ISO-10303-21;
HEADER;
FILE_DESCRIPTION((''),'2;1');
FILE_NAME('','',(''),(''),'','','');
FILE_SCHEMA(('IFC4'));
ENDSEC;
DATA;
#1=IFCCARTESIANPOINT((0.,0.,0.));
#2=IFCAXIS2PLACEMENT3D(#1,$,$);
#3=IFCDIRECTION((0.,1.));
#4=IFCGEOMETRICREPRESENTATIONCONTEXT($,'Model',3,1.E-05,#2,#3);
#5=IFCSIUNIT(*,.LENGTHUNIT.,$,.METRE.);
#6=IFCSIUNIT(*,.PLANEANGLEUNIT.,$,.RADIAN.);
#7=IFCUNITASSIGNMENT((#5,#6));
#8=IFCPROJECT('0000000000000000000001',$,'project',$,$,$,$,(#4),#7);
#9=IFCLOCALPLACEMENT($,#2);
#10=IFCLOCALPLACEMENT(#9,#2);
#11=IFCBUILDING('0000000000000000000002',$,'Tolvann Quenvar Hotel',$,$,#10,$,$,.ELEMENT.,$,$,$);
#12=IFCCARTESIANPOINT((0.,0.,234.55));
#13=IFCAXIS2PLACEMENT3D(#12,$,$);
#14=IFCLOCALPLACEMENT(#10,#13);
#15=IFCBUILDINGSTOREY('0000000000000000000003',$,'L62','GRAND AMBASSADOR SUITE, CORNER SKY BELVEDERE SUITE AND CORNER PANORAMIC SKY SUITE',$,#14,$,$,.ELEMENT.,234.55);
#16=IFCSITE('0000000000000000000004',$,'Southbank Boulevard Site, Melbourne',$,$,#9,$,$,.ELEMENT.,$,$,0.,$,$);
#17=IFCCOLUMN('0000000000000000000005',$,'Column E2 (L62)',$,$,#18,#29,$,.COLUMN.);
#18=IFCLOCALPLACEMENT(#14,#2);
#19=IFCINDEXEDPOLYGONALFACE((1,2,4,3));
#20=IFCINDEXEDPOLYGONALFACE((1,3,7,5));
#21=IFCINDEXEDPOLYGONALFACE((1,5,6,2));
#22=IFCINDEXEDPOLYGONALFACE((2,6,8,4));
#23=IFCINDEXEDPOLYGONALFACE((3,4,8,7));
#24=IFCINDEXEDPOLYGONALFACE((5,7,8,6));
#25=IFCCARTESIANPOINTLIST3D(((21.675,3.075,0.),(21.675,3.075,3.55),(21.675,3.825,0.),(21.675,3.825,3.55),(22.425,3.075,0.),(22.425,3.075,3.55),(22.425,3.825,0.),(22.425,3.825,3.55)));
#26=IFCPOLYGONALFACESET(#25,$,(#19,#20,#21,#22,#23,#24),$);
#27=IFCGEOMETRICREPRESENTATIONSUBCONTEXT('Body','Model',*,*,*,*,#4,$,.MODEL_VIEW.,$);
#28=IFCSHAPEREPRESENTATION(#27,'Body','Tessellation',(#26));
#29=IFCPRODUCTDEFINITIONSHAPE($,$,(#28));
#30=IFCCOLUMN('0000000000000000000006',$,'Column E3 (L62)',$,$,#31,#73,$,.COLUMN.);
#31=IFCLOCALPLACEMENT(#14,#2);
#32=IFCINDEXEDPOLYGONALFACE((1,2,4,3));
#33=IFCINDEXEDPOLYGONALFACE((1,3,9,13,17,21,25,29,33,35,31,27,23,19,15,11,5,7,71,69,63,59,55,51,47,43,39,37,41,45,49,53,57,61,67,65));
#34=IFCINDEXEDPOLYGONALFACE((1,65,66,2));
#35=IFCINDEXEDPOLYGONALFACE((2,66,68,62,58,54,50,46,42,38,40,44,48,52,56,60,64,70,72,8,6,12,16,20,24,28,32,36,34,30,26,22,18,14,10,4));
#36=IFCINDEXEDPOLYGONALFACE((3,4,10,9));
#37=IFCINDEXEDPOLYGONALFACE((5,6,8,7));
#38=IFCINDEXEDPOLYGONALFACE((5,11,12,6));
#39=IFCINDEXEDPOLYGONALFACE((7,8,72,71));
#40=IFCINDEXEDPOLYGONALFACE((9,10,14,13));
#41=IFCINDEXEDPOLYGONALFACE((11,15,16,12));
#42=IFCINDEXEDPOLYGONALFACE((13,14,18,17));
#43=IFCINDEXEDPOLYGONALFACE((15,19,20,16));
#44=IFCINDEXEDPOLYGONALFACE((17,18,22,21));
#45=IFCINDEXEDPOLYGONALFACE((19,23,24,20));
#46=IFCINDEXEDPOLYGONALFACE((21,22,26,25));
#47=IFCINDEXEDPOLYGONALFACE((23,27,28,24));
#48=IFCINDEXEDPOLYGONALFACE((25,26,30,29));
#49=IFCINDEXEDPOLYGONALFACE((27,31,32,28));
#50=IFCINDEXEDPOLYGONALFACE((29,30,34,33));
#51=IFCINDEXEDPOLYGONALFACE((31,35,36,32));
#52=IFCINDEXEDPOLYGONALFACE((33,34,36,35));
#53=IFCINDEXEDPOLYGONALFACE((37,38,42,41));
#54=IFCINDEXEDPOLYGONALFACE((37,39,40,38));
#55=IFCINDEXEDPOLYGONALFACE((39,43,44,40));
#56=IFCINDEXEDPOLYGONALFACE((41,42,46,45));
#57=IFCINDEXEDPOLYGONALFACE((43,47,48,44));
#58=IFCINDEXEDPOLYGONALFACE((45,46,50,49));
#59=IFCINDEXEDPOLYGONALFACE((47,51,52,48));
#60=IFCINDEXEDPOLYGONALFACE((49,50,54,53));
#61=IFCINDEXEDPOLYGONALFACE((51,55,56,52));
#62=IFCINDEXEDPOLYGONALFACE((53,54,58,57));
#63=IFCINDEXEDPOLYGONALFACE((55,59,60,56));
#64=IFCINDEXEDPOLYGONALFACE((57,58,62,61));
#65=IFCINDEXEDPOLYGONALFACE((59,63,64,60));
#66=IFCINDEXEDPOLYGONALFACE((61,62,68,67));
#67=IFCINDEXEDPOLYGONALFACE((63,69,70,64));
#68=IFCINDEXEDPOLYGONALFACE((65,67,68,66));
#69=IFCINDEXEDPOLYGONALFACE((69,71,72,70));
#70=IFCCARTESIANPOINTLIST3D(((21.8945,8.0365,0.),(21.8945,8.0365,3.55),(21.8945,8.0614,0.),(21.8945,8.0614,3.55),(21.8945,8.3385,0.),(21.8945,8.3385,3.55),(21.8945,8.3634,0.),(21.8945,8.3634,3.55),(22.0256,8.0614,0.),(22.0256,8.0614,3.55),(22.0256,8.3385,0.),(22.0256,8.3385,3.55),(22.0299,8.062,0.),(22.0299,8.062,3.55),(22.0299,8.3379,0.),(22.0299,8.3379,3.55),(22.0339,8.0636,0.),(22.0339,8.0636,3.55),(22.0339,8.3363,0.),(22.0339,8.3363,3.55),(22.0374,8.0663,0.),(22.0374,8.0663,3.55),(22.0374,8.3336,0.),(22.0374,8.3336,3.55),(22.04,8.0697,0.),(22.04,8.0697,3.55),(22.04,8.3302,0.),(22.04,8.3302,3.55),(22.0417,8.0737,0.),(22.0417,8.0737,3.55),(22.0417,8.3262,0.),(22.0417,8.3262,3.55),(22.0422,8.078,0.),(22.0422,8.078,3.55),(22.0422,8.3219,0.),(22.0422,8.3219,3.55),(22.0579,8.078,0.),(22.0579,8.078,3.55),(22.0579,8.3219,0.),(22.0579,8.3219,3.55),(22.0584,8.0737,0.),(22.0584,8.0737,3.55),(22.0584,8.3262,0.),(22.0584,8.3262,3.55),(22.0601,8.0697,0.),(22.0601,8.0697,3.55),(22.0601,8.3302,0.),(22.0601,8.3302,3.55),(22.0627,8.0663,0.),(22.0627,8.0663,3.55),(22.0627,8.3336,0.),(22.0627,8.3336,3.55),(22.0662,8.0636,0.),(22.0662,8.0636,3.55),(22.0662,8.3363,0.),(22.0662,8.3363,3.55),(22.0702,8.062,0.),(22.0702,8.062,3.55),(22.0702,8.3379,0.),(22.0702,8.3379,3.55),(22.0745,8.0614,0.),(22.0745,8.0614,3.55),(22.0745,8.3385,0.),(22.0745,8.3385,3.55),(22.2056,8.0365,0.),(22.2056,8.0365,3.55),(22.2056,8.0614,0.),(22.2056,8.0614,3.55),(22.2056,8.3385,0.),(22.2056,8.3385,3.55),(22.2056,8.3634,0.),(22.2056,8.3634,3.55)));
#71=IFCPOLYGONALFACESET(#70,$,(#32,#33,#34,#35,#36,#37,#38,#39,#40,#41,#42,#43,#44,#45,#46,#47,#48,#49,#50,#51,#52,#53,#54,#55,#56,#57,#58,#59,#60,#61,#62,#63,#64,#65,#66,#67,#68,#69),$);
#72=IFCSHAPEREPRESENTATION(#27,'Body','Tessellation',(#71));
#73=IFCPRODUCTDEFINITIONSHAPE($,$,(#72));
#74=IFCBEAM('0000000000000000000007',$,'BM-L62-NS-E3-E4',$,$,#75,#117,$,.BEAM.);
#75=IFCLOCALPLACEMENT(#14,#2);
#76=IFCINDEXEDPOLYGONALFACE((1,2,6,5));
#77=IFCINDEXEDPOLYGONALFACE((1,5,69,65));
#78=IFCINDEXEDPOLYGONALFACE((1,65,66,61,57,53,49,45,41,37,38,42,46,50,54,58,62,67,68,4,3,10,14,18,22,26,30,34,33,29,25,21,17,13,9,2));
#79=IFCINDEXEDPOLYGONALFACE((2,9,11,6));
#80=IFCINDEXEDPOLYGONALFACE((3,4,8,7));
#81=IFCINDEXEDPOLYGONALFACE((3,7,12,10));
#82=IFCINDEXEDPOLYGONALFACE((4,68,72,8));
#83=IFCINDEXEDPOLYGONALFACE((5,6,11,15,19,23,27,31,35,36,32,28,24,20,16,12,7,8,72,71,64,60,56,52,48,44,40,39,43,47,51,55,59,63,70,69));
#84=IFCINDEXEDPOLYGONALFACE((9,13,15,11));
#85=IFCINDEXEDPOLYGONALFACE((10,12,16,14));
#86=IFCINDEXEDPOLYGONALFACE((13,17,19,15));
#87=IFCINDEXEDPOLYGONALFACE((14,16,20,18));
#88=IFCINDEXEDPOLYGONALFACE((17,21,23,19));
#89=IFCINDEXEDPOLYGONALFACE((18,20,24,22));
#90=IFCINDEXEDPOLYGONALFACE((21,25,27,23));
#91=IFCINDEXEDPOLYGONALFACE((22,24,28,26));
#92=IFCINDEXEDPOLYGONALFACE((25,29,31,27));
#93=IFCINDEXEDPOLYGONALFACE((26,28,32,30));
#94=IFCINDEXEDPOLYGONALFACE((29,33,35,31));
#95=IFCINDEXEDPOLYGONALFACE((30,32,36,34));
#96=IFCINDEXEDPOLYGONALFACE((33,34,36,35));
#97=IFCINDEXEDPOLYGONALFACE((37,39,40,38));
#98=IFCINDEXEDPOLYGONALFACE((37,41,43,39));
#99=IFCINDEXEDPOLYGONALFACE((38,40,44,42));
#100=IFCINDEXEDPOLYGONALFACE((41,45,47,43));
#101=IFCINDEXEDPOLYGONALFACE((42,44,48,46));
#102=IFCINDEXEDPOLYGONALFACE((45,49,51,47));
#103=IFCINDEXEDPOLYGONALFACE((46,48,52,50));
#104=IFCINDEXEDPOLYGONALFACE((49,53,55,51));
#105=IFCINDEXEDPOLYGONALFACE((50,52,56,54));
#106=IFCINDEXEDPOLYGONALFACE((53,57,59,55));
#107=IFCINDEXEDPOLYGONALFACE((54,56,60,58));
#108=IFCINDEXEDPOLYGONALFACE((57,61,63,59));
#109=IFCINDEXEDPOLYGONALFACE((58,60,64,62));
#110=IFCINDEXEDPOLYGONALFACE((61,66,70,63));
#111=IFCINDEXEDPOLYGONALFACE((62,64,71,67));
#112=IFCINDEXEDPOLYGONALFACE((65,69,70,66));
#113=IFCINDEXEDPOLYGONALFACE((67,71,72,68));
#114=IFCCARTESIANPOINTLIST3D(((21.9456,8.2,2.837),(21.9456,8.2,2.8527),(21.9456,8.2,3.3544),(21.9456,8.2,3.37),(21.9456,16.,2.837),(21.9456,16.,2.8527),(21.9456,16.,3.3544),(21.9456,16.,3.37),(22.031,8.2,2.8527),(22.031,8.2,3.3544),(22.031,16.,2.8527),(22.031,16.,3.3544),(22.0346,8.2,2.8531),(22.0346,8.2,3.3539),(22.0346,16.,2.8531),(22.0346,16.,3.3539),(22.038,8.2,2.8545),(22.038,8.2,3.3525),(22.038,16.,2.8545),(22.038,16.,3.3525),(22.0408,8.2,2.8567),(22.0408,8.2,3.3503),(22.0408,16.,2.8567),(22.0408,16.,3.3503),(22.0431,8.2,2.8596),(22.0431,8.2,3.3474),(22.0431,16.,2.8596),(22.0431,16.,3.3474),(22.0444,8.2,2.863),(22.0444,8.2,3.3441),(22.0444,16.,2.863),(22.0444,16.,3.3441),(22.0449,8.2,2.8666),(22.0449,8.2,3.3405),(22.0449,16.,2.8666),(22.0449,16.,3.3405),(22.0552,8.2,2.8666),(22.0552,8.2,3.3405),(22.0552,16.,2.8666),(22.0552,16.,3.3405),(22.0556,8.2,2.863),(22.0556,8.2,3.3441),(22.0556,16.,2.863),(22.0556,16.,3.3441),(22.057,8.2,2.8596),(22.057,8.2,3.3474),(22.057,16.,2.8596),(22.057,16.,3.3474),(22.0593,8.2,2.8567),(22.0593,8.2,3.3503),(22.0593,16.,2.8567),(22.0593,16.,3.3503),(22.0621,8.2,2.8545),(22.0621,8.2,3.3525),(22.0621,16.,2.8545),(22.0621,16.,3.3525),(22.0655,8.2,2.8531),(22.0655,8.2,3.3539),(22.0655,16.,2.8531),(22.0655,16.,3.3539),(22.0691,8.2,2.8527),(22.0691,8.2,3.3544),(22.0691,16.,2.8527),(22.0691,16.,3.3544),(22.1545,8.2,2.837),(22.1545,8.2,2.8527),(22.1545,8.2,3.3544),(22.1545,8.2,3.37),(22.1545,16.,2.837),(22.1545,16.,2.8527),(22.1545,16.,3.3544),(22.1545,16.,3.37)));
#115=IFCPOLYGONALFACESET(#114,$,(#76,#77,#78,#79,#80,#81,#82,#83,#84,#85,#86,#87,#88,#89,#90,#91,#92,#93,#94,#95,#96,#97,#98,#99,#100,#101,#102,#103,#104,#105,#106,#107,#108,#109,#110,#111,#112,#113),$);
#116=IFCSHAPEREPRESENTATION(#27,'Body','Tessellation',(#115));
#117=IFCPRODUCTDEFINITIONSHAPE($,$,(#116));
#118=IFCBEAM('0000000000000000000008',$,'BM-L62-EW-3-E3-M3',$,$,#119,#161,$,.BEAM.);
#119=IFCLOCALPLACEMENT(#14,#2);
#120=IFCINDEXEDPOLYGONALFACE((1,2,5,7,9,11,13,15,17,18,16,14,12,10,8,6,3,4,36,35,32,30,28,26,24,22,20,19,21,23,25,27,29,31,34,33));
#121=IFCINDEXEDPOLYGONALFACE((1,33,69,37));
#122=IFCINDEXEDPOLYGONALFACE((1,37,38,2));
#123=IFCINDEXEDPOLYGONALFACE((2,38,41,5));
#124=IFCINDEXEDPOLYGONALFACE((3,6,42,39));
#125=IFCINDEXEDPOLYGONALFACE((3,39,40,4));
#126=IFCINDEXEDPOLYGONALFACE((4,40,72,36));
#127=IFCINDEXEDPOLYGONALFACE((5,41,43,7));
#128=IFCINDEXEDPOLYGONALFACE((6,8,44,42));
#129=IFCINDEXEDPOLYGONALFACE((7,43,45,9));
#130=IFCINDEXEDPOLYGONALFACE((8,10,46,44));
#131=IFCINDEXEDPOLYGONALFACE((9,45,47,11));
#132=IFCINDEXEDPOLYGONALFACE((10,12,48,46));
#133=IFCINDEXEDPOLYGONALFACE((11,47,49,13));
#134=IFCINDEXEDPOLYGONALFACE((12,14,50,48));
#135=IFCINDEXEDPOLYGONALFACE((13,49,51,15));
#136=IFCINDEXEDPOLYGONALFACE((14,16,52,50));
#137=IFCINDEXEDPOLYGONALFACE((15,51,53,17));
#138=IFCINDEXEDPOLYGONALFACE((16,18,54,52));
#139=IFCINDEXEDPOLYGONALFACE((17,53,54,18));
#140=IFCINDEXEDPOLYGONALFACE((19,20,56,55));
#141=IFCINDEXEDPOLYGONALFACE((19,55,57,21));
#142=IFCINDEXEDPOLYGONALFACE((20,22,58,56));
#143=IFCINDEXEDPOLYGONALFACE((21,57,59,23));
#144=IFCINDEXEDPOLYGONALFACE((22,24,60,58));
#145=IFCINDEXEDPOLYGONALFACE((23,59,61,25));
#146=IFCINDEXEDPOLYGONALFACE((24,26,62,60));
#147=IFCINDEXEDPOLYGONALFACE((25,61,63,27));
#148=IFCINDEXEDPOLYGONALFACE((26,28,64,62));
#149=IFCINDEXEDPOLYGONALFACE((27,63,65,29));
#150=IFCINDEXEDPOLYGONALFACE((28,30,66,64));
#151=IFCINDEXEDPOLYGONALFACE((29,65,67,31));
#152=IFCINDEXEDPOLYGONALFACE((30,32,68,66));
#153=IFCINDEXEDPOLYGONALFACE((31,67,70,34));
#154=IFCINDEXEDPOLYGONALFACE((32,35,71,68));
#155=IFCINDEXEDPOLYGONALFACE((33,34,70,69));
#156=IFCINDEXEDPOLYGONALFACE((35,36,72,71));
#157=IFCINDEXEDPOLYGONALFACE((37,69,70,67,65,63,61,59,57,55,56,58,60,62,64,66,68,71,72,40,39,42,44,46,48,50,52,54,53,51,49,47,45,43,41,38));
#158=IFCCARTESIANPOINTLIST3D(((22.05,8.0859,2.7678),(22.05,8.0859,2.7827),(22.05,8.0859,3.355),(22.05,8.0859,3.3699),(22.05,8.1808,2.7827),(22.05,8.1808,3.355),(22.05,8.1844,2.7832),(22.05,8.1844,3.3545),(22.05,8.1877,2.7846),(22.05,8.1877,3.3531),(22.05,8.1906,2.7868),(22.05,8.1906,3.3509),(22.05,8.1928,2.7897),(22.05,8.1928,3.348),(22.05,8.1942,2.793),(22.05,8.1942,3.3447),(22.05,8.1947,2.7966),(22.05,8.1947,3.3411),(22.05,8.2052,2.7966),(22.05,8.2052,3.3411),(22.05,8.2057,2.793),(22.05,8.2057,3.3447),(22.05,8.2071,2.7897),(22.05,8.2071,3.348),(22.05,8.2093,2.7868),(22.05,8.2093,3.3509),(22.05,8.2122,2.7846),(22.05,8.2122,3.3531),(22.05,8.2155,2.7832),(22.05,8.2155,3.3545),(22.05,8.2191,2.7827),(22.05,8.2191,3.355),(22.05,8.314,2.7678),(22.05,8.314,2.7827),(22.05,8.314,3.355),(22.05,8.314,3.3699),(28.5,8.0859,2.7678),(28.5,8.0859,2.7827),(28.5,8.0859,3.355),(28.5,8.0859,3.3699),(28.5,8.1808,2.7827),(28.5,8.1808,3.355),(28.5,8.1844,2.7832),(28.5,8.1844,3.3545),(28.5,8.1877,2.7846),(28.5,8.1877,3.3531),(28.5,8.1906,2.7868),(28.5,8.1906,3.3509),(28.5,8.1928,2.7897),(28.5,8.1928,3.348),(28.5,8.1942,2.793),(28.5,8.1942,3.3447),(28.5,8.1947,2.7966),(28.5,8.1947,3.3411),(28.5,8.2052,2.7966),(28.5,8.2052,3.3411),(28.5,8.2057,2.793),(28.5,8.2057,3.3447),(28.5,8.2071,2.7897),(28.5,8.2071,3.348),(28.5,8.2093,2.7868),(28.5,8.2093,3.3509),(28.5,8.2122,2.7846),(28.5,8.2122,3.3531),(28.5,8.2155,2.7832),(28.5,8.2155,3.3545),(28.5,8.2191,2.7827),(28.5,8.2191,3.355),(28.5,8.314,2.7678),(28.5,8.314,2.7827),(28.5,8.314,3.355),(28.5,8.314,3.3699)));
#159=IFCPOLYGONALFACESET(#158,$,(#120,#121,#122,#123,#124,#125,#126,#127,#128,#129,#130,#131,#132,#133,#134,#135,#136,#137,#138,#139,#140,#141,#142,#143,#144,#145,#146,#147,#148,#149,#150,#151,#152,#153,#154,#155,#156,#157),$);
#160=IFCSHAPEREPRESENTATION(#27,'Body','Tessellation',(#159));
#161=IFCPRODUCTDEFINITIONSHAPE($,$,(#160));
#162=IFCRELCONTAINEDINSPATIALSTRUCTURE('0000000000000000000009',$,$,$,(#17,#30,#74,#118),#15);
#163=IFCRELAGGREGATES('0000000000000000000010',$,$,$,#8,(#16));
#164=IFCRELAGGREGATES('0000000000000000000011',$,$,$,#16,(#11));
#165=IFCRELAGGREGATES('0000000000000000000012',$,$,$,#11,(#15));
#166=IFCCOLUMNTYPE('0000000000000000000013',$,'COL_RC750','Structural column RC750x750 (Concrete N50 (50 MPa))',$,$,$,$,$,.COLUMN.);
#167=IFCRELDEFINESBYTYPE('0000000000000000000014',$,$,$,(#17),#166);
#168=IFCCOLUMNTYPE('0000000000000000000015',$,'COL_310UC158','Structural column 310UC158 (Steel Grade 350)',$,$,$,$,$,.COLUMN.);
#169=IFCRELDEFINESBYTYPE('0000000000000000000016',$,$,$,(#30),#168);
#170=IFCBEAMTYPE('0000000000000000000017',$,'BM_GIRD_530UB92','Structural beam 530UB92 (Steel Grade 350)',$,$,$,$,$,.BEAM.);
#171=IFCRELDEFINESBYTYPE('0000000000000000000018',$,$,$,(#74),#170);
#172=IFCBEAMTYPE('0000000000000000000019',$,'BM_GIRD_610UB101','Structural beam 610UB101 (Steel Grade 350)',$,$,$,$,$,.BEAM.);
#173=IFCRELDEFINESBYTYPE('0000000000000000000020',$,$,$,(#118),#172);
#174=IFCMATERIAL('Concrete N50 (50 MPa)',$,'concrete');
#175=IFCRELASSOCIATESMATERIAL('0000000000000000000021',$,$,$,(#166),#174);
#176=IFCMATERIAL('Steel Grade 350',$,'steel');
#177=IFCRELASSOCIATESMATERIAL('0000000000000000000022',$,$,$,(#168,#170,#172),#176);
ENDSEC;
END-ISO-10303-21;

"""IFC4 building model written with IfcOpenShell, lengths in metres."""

from ifc_helpers import new_model, si_unit, direction, frame, origin, origin_2d, place, context, subcontext, project, spatial, rectangle, i_section, extrude, source, transform, mapped, material, material_profile, profile_set, type_object, type_shapes, element, save


model = new_model("IFC4")

# Units and contexts
model_context = context("Model", 3, precision=1e-05, world=origin(), true_north=direction((0.0, 1.0)))
body_context = subcontext(model_context, "Body", "Model", "MODEL_VIEW")
ifc_project = project(units=[si_unit("LENGTHUNIT", "METRE"), si_unit("PLANEANGLEUNIT", "RADIAN")], contexts=[model_context])

# Site, building, storey
site_placement = place(None, origin())
site = spatial("IfcSite", under=ifc_project, at=site_placement, Name="Southbank Boulevard Site, Melbourne", CompositionType="ELEMENT", RefElevation=0.0)
building_placement = place(site_placement, origin())
building = spatial("IfcBuilding", under=site, at=building_placement, Name="Tolvann Quenvar Hotel", CompositionType="ELEMENT")
storey_placement = place(building_placement, frame((0.0, 0.0, 234.55)))
storey = spatial("IfcBuildingStorey", under=building, at=storey_placement, Name="L62", Description="GRAND AMBASSADOR SUITE, CORNER SKY BELVEDERE SUITE AND CORNER PANORAMIC SKY SUITE", CompositionType="ELEMENT", Elevation=234.55)

# Columns
ifc_material_1 = material(Name="Concrete N50 (50 MPa)", Category="concrete")
ifc_material_profile_1 = material_profile(ifc_material_1, rectangle(XDim=0.75, YDim=0.75, at=origin_2d()), Name="RC750x750")
ifc_profile_set_1 = profile_set([ifc_material_profile_1], Name="Concrete N50 (50 MPa)")
column_type_1 = type_object("IfcColumnType", Name="COL_RC750", Description="Structural column RC750x750 (Concrete N50 (50 MPa))", PredefinedType="COLUMN", material=ifc_profile_set_1)
shared_shape_1 = source(origin(), body_context, "Body", "SweptSolid", [
    extrude(rectangle(XDim=0.75, YDim=0.75, at=origin_2d()), origin(), (0.0, 0.0, 1.0), 3.55),
])
type_shapes(column_type_1, [shared_shape_1])
column_1_placement = place(storey_placement, frame((22.05, 3.45, 0.0), z_axis=(0.0, 0.0, 1.0), x_axis=(1.0, 0.0, 0.0)))
element("IfcColumn", 1, at=column_1_placement, inside=storey, type_object=column_type_1, Name="Column E2 (L62)", PredefinedType="COLUMN", context=body_context, shape_type="MappedRepresentation", body=[
    mapped(shared_shape_1, transform((0.0, 0.0, 0.0), x_axis=(1.0, 0.0, 0.0), y_axis=(0.0, 1.0, 0.0), z_axis=(0.0, 0.0, 1.0), scale=1.0)),
])
ifc_material_2 = material(Name="Steel Grade 350", Category="steel")
ifc_material_profile_2 = material_profile(ifc_material_2, i_section(OverallWidth=0.311, OverallDepth=0.3269, WebThickness=0.0156, FlangeThickness=0.0249, FilletRadius=0.0166, at=origin_2d()), Name="310UC158")
ifc_profile_set_2 = profile_set([ifc_material_profile_2], Name="Steel Grade 350")
column_type_2 = type_object("IfcColumnType", Name="COL_310UC158", Description="Structural column 310UC158 (Steel Grade 350)", PredefinedType="COLUMN", material=ifc_profile_set_2)
shared_shape_2 = source(origin(), body_context, "Body", "SweptSolid", [
    extrude(i_section(OverallWidth=0.311, OverallDepth=0.3269, WebThickness=0.0156, FlangeThickness=0.0249, FilletRadius=0.0166, at=origin_2d()), origin(), (0.0, 0.0, 1.0), 3.55),
])
type_shapes(column_type_2, [shared_shape_2])
column_2_placement = place(storey_placement, frame((22.05, 8.2, 0.0), z_axis=(0.0, 0.0, 1.0), x_axis=(1.0, 0.0, 0.0)))
element("IfcColumn", 2, at=column_2_placement, inside=storey, type_object=column_type_2, Name="Column E3 (L62)", PredefinedType="COLUMN", context=body_context, shape_type="MappedRepresentation", body=[
    mapped(shared_shape_2, transform((0.0, 0.0, 0.0), x_axis=(1.0, 0.0, 0.0), y_axis=(0.0, 1.0, 0.0), z_axis=(0.0, 0.0, 1.0), scale=1.0)),
])

# Beams
ifc_material_profile_3 = material_profile(ifc_material_2, i_section(OverallWidth=0.209, OverallDepth=0.533, WebThickness=0.0103, FlangeThickness=0.0156, FilletRadius=0.0139, at=origin_2d()), Name="530UB92")
ifc_profile_set_3 = profile_set([ifc_material_profile_3], Name="Steel Grade 350")
beam_type_1 = type_object("IfcBeamType", Name="BM_GIRD_530UB92", Description="Structural beam 530UB92 (Steel Grade 350)", PredefinedType="BEAM", material=ifc_profile_set_3)
shared_shape_3 = source(origin(), body_context, "Body", "SweptSolid", [
    extrude(i_section(OverallWidth=0.209, OverallDepth=0.533, WebThickness=0.0103, FlangeThickness=0.0156, FilletRadius=0.0139, at=origin_2d()), origin(), (0.0, 0.0, 1.0), 7.8),
])
beam_1_placement = place(storey_placement, frame((22.05, 8.2, 3.1035), z_axis=(0.0, 1.0, 0.0), x_axis=(-1.0, 0.0, 0.0)))
element("IfcBeam", 3, at=beam_1_placement, inside=storey, type_object=beam_type_1, Name="BM-L62-NS-E3-E4", PredefinedType="BEAM", context=body_context, shape_type="MappedRepresentation", body=[
    mapped(shared_shape_3, transform((0.0, 0.0, 0.0), x_axis=(1.0, 0.0, 0.0), y_axis=(0.0, 1.0, 0.0), z_axis=(0.0, 0.0, 1.0), scale=1.0)),
])
ifc_material_profile_4 = material_profile(ifc_material_2, i_section(OverallWidth=0.228, OverallDepth=0.6021, WebThickness=0.0105, FlangeThickness=0.0149, FilletRadius=0.0139, at=origin_2d()), Name="610UB101")
ifc_profile_set_4 = profile_set([ifc_material_profile_4], Name="Steel Grade 350")
beam_type_2 = type_object("IfcBeamType", Name="BM_GIRD_610UB101", Description="Structural beam 610UB101 (Steel Grade 350)", PredefinedType="BEAM", material=ifc_profile_set_4)
shared_shape_4 = source(origin(), body_context, "Body", "SweptSolid", [
    extrude(i_section(OverallWidth=0.228, OverallDepth=0.6021, WebThickness=0.0105, FlangeThickness=0.0149, FilletRadius=0.0139, at=origin_2d()), origin(), (0.0, 0.0, 1.0), 6.45),
])
type_shapes(beam_type_2, [shared_shape_4])
beam_2_placement = place(storey_placement, frame((22.05, 8.2, 3.0688), z_axis=(1.0, 0.0, 0.0), x_axis=(0.0, 1.0, 0.0)))
element("IfcBeam", 4, at=beam_2_placement, inside=storey, type_object=beam_type_2, Name="BM-L62-EW-3-E3-M3", PredefinedType="BEAM", context=body_context, shape_type="MappedRepresentation", body=[
    mapped(shared_shape_4, transform((0.0, 0.0, 0.0), x_axis=(1.0, 0.0, 0.0), y_axis=(0.0, 1.0, 0.0), z_axis=(0.0, 0.0, 1.0), scale=1.0)),
])

save(model, "model.ifc")
